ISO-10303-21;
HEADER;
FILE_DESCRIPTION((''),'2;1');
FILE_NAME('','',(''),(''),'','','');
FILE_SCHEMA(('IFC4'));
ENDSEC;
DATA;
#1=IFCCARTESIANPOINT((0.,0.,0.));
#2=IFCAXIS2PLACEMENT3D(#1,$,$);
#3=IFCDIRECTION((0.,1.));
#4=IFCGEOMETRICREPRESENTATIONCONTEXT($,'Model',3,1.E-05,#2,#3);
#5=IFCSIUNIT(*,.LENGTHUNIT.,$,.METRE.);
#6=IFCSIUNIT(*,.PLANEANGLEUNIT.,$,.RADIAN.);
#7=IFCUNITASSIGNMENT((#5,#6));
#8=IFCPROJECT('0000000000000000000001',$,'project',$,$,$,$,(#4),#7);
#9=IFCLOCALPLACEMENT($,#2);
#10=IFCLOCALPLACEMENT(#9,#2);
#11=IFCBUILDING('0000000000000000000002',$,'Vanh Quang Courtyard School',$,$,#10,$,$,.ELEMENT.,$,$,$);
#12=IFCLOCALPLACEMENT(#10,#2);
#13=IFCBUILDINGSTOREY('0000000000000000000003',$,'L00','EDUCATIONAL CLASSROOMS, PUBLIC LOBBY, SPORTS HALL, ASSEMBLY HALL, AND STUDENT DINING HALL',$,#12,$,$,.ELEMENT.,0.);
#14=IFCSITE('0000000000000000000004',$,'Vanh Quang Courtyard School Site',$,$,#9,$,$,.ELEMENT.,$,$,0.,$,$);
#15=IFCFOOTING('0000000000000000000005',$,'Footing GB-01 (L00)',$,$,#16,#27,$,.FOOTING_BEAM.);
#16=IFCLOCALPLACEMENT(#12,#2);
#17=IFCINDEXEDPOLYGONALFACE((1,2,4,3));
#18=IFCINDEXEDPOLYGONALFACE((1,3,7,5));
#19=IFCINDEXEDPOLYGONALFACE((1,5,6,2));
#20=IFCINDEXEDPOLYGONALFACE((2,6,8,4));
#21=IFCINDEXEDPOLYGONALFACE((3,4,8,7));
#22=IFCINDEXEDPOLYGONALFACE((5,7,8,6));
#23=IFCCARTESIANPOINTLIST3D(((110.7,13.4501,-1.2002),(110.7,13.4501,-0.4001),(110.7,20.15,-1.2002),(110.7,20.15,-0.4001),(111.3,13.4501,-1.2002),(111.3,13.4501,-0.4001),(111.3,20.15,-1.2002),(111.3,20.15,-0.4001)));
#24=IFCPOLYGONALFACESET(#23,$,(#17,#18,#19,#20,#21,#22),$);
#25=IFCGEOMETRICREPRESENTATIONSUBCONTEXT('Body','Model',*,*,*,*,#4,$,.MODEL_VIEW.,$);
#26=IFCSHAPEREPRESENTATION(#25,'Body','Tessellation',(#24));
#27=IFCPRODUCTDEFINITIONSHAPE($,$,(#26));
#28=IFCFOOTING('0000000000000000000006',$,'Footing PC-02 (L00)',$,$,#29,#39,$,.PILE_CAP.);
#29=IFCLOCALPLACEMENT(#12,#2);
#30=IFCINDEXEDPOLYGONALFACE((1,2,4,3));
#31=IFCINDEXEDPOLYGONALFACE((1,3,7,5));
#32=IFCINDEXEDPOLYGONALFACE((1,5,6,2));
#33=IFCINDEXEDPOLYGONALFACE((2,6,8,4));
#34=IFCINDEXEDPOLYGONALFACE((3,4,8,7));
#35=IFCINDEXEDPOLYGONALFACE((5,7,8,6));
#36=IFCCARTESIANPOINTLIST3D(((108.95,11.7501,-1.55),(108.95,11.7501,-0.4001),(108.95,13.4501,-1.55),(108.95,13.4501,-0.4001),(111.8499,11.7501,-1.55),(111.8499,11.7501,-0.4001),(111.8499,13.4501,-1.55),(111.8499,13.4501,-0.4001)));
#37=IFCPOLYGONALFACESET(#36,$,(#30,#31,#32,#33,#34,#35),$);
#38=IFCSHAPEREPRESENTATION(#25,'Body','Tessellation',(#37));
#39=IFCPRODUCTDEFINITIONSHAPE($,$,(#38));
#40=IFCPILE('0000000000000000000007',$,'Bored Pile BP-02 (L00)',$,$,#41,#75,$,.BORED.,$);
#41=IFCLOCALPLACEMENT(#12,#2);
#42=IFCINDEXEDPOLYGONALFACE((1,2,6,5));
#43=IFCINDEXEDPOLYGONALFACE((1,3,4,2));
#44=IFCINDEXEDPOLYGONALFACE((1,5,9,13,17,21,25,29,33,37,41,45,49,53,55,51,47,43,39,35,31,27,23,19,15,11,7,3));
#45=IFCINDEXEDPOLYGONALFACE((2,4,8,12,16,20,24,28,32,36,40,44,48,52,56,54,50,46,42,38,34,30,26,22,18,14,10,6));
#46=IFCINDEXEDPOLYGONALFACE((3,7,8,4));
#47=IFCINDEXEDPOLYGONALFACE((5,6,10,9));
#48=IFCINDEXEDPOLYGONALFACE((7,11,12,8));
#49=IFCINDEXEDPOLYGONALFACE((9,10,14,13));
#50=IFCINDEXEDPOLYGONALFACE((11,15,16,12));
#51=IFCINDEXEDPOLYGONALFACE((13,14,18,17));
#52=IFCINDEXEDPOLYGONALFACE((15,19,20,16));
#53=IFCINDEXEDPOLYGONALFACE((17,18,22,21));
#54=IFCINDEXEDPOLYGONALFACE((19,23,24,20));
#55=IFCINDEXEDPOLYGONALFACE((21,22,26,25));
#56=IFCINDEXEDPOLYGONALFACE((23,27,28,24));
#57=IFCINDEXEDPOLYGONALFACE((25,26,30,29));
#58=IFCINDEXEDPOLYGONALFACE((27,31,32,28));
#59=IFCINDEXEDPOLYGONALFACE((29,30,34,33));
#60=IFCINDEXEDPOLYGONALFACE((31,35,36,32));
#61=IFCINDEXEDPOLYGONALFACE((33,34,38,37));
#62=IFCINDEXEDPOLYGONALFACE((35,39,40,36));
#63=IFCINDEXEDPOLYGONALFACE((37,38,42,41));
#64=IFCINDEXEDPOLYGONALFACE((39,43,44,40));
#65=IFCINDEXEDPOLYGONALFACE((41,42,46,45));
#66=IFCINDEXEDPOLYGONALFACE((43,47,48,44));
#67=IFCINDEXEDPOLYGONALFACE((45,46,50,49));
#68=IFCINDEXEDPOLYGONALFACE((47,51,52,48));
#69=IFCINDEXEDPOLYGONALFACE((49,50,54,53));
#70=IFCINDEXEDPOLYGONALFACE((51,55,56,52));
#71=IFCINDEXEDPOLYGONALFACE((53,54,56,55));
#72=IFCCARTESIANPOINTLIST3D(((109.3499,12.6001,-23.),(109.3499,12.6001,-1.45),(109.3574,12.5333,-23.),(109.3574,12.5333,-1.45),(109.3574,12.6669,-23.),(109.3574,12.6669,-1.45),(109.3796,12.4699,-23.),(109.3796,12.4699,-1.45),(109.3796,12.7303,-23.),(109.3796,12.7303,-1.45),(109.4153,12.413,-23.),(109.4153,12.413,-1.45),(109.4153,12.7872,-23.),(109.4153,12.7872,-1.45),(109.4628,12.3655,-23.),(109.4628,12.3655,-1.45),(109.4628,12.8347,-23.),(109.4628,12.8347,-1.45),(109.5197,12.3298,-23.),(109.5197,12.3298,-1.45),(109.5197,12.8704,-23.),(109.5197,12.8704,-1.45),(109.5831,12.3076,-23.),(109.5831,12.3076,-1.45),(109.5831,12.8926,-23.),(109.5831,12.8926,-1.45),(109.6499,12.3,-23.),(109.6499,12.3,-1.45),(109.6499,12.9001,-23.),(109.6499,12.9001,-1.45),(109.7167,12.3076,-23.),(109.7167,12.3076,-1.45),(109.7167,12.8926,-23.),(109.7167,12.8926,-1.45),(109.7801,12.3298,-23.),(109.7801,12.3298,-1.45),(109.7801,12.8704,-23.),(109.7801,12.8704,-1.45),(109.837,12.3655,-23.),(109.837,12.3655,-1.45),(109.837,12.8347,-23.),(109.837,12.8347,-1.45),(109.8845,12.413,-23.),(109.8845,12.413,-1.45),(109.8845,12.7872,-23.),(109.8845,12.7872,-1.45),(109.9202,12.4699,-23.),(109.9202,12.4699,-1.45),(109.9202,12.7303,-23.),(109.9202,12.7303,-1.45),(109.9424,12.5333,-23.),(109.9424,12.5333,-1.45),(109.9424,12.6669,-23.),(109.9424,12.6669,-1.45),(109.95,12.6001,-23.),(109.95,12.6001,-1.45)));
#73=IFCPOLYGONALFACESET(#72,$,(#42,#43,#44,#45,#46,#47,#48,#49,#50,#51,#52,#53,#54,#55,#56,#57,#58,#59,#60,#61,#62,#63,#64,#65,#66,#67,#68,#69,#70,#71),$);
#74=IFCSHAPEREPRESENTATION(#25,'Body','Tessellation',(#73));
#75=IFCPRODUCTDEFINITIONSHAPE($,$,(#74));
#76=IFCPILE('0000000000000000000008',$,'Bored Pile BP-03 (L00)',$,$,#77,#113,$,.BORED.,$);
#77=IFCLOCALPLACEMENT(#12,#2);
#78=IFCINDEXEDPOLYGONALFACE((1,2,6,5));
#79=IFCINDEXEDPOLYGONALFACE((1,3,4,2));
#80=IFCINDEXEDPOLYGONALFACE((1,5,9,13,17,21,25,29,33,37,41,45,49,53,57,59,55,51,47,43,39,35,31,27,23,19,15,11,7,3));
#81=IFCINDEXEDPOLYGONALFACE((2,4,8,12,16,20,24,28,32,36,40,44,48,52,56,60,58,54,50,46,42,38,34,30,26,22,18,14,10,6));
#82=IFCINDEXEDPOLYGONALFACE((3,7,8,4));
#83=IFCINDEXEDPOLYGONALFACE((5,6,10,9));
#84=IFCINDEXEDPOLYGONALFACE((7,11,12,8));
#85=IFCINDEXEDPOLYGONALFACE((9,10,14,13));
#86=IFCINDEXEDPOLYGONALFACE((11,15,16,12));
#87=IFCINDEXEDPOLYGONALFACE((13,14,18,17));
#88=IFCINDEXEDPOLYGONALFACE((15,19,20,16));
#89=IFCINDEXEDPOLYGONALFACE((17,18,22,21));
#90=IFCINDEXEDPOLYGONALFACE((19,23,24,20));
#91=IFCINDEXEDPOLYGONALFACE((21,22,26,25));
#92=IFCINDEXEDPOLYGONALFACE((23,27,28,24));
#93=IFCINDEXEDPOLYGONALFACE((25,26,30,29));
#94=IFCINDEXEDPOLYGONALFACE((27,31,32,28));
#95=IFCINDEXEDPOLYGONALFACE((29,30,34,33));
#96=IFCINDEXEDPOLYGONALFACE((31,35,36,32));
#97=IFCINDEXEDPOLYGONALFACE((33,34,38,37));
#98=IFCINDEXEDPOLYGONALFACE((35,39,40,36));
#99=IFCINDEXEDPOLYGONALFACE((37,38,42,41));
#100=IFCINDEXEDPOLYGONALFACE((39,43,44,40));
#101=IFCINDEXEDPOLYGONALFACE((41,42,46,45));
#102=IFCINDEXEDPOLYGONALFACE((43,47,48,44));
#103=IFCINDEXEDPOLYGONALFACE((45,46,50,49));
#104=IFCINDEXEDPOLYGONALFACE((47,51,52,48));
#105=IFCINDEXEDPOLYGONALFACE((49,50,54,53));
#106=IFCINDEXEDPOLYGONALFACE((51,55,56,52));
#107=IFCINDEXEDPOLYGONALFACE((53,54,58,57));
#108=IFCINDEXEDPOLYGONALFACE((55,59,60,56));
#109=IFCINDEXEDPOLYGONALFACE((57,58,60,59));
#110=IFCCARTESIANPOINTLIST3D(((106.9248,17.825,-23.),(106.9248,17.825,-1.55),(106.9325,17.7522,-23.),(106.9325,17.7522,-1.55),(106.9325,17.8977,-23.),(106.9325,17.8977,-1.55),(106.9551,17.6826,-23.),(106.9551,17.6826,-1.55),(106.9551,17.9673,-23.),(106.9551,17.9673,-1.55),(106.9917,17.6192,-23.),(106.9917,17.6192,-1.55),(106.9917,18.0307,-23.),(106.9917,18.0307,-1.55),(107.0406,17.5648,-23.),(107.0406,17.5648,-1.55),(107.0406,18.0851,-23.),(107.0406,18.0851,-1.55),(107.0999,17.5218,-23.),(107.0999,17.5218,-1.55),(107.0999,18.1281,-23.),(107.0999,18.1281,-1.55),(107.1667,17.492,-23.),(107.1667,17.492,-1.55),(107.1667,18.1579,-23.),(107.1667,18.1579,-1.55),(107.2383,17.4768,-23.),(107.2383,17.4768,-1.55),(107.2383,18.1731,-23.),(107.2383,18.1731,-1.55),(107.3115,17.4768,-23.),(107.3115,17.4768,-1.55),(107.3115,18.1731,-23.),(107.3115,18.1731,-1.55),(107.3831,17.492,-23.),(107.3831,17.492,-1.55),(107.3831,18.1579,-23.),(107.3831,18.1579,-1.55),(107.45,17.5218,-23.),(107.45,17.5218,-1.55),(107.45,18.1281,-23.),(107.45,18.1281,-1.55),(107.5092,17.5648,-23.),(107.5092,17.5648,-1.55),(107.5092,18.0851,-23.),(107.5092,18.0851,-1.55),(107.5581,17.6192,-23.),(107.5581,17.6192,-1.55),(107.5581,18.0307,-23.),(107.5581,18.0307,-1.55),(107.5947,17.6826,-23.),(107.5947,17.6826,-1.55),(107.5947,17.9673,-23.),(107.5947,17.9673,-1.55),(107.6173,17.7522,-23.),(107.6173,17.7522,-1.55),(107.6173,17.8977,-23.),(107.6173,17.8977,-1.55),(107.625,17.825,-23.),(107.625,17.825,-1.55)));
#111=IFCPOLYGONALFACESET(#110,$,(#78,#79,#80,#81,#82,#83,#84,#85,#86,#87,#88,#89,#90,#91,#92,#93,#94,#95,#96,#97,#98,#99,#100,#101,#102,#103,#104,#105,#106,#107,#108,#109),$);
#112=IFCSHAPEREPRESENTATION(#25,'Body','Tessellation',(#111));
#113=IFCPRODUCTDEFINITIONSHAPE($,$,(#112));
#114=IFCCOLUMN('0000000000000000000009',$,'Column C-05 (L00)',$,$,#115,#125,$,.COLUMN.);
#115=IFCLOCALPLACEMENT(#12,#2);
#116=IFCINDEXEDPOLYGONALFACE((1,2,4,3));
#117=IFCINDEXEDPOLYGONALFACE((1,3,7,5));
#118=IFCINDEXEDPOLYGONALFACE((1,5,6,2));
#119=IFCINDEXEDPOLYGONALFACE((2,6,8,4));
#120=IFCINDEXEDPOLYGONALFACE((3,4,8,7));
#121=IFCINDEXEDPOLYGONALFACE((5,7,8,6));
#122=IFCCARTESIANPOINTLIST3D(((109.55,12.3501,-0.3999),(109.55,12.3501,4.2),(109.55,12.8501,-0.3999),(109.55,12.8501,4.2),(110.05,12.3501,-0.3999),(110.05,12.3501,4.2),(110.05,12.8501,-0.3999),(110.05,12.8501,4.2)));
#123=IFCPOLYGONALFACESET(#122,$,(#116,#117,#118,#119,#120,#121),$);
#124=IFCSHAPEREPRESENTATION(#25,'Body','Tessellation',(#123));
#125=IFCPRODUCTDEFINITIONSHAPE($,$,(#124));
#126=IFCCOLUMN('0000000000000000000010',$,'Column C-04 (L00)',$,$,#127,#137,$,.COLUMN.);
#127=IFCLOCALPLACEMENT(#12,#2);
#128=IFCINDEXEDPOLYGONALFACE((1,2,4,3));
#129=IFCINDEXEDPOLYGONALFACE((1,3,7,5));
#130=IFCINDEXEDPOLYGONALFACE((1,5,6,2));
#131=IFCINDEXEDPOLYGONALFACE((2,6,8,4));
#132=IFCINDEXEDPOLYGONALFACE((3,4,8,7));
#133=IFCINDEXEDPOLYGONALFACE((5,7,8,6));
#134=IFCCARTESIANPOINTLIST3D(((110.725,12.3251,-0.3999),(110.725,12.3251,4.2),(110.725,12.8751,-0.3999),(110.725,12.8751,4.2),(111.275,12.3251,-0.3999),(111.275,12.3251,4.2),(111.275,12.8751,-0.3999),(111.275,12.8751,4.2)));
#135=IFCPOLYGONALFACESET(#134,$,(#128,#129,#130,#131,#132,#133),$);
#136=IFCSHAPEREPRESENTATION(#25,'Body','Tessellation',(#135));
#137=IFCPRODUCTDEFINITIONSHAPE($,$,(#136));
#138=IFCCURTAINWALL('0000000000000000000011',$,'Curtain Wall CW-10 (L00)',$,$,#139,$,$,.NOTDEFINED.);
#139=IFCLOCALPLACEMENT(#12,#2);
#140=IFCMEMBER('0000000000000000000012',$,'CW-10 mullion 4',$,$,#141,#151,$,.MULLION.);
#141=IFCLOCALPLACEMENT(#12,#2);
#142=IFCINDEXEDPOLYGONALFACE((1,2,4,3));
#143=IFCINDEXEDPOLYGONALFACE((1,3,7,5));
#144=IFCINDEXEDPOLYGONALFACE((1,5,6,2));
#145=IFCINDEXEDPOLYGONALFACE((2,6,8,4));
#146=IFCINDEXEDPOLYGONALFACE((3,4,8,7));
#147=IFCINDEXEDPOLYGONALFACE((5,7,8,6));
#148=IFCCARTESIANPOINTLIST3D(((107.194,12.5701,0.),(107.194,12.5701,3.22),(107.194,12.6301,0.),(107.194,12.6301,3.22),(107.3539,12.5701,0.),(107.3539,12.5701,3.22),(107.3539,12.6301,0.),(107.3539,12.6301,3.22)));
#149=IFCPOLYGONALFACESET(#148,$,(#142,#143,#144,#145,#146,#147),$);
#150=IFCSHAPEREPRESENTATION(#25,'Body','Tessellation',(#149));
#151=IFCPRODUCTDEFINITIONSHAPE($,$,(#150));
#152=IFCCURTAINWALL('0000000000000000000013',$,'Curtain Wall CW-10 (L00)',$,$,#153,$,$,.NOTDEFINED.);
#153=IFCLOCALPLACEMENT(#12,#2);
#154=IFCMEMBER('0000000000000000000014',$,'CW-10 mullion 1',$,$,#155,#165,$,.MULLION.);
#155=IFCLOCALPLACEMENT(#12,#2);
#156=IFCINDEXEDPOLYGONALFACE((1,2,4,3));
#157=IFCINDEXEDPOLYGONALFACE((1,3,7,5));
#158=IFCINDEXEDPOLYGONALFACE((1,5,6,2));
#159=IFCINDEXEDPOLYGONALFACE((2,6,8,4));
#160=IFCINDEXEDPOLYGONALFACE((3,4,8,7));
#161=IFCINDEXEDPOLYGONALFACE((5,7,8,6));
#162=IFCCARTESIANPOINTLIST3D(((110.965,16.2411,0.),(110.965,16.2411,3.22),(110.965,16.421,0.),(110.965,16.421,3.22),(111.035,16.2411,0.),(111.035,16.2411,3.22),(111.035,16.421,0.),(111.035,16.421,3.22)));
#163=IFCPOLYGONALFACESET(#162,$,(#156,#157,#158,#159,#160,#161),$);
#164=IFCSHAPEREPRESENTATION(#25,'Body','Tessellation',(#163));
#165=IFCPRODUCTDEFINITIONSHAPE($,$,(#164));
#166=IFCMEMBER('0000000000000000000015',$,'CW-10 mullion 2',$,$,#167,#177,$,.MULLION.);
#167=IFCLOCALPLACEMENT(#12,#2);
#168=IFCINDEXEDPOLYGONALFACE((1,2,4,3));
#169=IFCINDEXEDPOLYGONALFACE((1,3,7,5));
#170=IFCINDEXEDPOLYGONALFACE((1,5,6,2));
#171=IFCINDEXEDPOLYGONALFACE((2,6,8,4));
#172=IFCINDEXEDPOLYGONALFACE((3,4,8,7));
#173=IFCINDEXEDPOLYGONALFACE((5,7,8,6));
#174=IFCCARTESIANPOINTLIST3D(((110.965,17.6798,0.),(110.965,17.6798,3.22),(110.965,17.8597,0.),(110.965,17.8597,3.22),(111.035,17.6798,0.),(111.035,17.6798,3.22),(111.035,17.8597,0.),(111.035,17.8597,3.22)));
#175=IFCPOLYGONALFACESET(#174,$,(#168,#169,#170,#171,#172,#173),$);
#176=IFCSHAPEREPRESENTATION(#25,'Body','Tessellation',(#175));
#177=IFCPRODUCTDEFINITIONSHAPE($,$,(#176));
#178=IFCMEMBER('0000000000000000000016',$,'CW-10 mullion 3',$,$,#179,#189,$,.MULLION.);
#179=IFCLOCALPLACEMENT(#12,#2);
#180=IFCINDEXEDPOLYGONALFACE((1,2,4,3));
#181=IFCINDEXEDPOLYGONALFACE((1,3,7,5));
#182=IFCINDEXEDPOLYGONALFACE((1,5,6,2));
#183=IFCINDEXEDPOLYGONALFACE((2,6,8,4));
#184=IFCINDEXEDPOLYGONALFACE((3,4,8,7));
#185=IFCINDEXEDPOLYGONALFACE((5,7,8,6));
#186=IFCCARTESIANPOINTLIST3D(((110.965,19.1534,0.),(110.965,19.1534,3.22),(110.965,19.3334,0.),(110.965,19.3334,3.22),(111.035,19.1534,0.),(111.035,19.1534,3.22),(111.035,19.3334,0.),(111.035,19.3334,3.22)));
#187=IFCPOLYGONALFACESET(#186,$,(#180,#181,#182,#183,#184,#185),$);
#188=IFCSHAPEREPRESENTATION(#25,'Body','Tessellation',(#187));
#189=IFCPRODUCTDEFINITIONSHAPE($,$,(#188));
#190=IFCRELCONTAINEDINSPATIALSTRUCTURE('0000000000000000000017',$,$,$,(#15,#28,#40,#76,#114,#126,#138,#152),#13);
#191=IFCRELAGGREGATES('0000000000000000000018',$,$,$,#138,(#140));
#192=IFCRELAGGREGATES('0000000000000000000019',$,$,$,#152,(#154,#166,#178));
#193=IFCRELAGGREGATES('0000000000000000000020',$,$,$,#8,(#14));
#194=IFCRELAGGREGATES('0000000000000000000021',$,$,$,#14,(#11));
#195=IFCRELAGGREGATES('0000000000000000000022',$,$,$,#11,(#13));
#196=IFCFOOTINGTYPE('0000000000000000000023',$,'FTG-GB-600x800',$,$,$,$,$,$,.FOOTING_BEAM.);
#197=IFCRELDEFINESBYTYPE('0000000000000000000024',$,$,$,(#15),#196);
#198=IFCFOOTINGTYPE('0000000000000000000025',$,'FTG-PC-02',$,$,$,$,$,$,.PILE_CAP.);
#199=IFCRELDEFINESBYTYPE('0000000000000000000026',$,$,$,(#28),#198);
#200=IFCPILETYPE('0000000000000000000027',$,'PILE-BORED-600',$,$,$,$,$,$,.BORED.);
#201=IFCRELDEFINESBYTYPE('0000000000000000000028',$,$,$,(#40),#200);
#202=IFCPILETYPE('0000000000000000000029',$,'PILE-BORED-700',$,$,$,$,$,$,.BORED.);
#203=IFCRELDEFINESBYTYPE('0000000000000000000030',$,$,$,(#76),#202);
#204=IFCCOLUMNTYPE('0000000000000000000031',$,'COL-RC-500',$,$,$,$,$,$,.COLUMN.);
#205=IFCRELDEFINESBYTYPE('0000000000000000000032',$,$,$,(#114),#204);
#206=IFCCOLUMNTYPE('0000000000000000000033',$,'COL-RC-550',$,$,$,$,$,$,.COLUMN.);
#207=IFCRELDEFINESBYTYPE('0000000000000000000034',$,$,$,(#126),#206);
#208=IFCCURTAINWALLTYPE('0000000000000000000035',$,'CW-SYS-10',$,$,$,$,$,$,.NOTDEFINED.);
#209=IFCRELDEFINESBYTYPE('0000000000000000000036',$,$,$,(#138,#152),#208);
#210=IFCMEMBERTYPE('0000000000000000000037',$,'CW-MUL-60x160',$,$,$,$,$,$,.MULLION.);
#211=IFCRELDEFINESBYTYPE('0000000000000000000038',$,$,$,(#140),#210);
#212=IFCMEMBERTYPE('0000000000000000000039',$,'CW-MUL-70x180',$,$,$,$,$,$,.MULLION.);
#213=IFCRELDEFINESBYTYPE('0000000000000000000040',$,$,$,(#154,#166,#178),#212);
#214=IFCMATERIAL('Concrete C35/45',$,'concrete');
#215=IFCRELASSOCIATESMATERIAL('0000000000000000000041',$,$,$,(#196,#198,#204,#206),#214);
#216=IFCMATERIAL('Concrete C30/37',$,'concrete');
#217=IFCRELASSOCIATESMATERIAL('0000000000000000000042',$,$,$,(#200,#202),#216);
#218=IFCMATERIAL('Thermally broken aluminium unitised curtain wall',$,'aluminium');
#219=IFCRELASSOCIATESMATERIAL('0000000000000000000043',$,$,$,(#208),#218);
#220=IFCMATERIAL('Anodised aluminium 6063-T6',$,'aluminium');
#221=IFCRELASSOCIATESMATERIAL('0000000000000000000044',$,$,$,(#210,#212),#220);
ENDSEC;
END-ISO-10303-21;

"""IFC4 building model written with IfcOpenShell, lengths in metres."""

from ifc_helpers import new_model, si_unit, direction, frame, origin, origin_2d, place, context, subcontext, project, spatial, rectangle, circle, extrude, material, material_profile, profile_set, type_object, element, aggregate, save


model = new_model("IFC4")

# Units and contexts
model_context = context("Model", 3, precision=1e-05, world=origin(), true_north=direction((0.0, 1.0)))
body_context = subcontext(model_context, "Body", "Model", "MODEL_VIEW")
ifc_project = project(units=[si_unit("LENGTHUNIT", "METRE"), si_unit("PLANEANGLEUNIT", "RADIAN")], contexts=[model_context])

# Site, building, storey
site_placement = place(None, origin())
site = spatial("IfcSite", under=ifc_project, at=site_placement, Name="Vanh Quang Courtyard School Site", CompositionType="ELEMENT", RefElevation=0.0)
building_placement = place(site_placement, origin())
building = spatial("IfcBuilding", under=site, at=building_placement, Name="Vanh Quang Courtyard School", CompositionType="ELEMENT")
storey_placement = place(building_placement, origin())
storey = spatial("IfcBuildingStorey", under=building, at=storey_placement, Name="L00", Description="EDUCATIONAL CLASSROOMS, PUBLIC LOBBY, SPORTS HALL, ASSEMBLY HALL, AND STUDENT DINING HALL", CompositionType="ELEMENT", Elevation=0.0)

# Footings
ifc_material_1 = material(Name="Concrete C35/45", Category="concrete")
footing_type_1 = type_object("IfcFootingType", Name="FTG-GB-600x800", PredefinedType="FOOTING_BEAM", material=ifc_material_1)
footing_1_placement = place(storey_placement, frame((111.0, 16.8, -1.2002), z_axis=(0.0, 0.0, 1.0), x_axis=(0.0, 1.0, 0.0)))
element("IfcFooting", 1, at=footing_1_placement, inside=storey, type_object=footing_type_1, Name="Footing GB-01 (L00)", PredefinedType="FOOTING_BEAM", context=body_context, shape_type="SweptSolid", body=[
    extrude(rectangle(XDim=6.7, YDim=0.6001, at=origin_2d()), origin(), (0.0, 0.0, 1.0), 0.8),
])
footing_type_2 = type_object("IfcFootingType", Name="FTG-PC-02", PredefinedType="PILE_CAP", material=ifc_material_1)
footing_2_placement = place(storey_placement, frame((110.3999, 12.6001, -1.55), z_axis=(0.0, 0.0, 1.0), x_axis=(1.0, 0.0, 0.0)))
element("IfcFooting", 2, at=footing_2_placement, inside=storey, type_object=footing_type_2, Name="Footing PC-02 (L00)", PredefinedType="PILE_CAP", context=body_context, shape_type="SweptSolid", body=[
    extrude(rectangle(XDim=2.8999, YDim=1.7, at=origin_2d()), origin(), (0.0, 0.0, 1.0), 1.1499),
])

# Piles
ifc_material_2 = material(Name="Concrete C30/37", Category="concrete")
ifc_material_profile_1 = material_profile(ifc_material_2, circle(Radius=0.3, at=origin_2d()), Name="PILE D600")
ifc_profile_set_1 = profile_set([ifc_material_profile_1], Name="Concrete C30/37")
pile_type_1 = type_object("IfcPileType", Name="PILE-BORED-600", PredefinedType="BORED", material=ifc_profile_set_1)
pile_1_placement = place(storey_placement, frame((109.6499, 12.6001, -1.45), z_axis=(0.0, 0.0, -1.0), x_axis=(1.0, 0.0, 0.0)))
element("IfcPile", 3, at=pile_1_placement, inside=storey, type_object=pile_type_1, Name="Bored Pile BP-02 (L00)", PredefinedType="BORED", context=body_context, shape_type="SweptSolid", body=[
    extrude(circle(Radius=0.3, at=origin_2d()), origin(), (0.0, 0.0, 1.0), 21.55),
])
ifc_material_profile_2 = material_profile(ifc_material_2, circle(Radius=0.3501, at=origin_2d()), Name="PILE D700")
ifc_profile_set_2 = profile_set([ifc_material_profile_2], Name="Concrete C30/37")
pile_type_2 = type_object("IfcPileType", Name="PILE-BORED-700", PredefinedType="BORED", material=ifc_profile_set_2)
pile_2_placement = place(storey_placement, frame((107.2749, 17.825, -1.55), z_axis=(0.0, 0.0, -1.0), x_axis=(1.0, 0.0, 0.0)))
element("IfcPile", 4, at=pile_2_placement, inside=storey, type_object=pile_type_2, Name="Bored Pile BP-03 (L00)", PredefinedType="BORED", context=body_context, shape_type="SweptSolid", body=[
    extrude(circle(Radius=0.3501, at=origin_2d()), origin(), (0.0, 0.0, 1.0), 21.45),
])

# Columns
ifc_material_profile_3 = material_profile(ifc_material_1, rectangle(XDim=0.5, YDim=0.5, at=origin_2d()), Name="RC-COL 500x500")
ifc_profile_set_3 = profile_set([ifc_material_profile_3], Name="Concrete C35/45")
column_type_1 = type_object("IfcColumnType", Name="COL-RC-500", PredefinedType="COLUMN", material=ifc_profile_set_3)
column_1_placement = place(storey_placement, frame((109.8, 12.6001, -0.3999), z_axis=(0.0, 0.0, 1.0), x_axis=(1.0, 0.0, 0.0)))
element("IfcColumn", 5, at=column_1_placement, inside=storey, type_object=column_type_1, Name="Column C-05 (L00)", PredefinedType="COLUMN", context=body_context, shape_type="SweptSolid", body=[
    extrude(rectangle(XDim=0.5, YDim=0.5, at=origin_2d()), origin(), (0.0, 0.0, 1.0), 4.5999),
])
ifc_material_profile_4 = material_profile(ifc_material_1, rectangle(XDim=0.55, YDim=0.55, at=origin_2d()), Name="RC-COL 550x550")
ifc_profile_set_4 = profile_set([ifc_material_profile_4], Name="Concrete C35/45")
column_type_2 = type_object("IfcColumnType", Name="COL-RC-550", PredefinedType="COLUMN", material=ifc_profile_set_4)
column_2_placement = place(storey_placement, frame((111.0, 12.6001, -0.3999), z_axis=(0.0, 0.0, 1.0), x_axis=(1.0, 0.0, 0.0)))
element("IfcColumn", 6, at=column_2_placement, inside=storey, type_object=column_type_2, Name="Column C-04 (L00)", PredefinedType="COLUMN", context=body_context, shape_type="SweptSolid", body=[
    extrude(rectangle(XDim=0.55, YDim=0.55, at=origin_2d()), origin(), (0.0, 0.0, 1.0), 4.5999),
])

# Curtain wall, member
ifc_material_3 = material(Name="Thermally broken aluminium unitised curtain wall", Category="aluminium")
curtain_wall_type = type_object("IfcCurtainWallType", Name="CW-SYS-10", PredefinedType="NOTDEFINED", material=ifc_material_3)
curtain_wall_1_placement = place(storey_placement, origin())
curtain_wall_1 = element("IfcCurtainWall", 7, at=curtain_wall_1_placement, inside=storey, type_object=curtain_wall_type, Name="Curtain Wall CW-10 (L00)", PredefinedType="NOTDEFINED")
ifc_material_4 = material(Name="Anodised aluminium 6063-T6", Category="aluminium")
ifc_material_profile_5 = material_profile(ifc_material_4, rectangle(XDim=0.0601, YDim=0.1599, at=origin_2d()), Name="ALU-MUL 60x160")
ifc_profile_set_5 = profile_set([ifc_material_profile_5], Name="Anodised aluminium 6063-T6")
member_type_1 = type_object("IfcMemberType", Name="CW-MUL-60x160", PredefinedType="MULLION", material=ifc_profile_set_5)
member_1_placement = place(storey_placement, frame((107.2739, 12.6001, 0.0), z_axis=(0.0, 0.0, 1.0), x_axis=(0.0, 1.0, 0.0)))
member_1 = element("IfcMember", 8, at=member_1_placement, type_object=member_type_1, Name="CW-10 mullion 4", PredefinedType="MULLION", context=body_context, shape_type="SweptSolid", body=[
    extrude(rectangle(XDim=0.0601, YDim=0.1599, at=origin_2d()), origin(), (0.0, 0.0, 1.0), 3.22),
])
aggregate(curtain_wall_1, [member_1])

# Curtain wall, members
curtain_wall_2_placement = place(storey_placement, origin())
curtain_wall_2 = element("IfcCurtainWall", 9, at=curtain_wall_2_placement, inside=storey, type_object=curtain_wall_type, Name="Curtain Wall CW-10 (L00)", PredefinedType="NOTDEFINED")
ifc_material_profile_6 = material_profile(ifc_material_4, rectangle(XDim=0.0701, YDim=0.1799, at=origin_2d()), Name="ALU-MUL 70x180")
ifc_profile_set_6 = profile_set([ifc_material_profile_6], Name="Anodised aluminium 6063-T6")
member_type_2 = type_object("IfcMemberType", Name="CW-MUL-70x180", PredefinedType="MULLION", material=ifc_profile_set_6)
member_2_placement = place(storey_placement, frame((111.0, 16.3311, 0.0), z_axis=(0.0, 0.0, 1.0), x_axis=(-1.0, 0.0, 0.0)))
member_2 = element("IfcMember", 10, at=member_2_placement, type_object=member_type_2, Name="CW-10 mullion 1", PredefinedType="MULLION", context=body_context, shape_type="SweptSolid", body=[
    extrude(rectangle(XDim=0.0701, YDim=0.1799, at=origin_2d()), origin(), (0.0, 0.0, 1.0), 3.22),
])
member_3_placement = place(storey_placement, frame((111.0, 17.7698, 0.0), z_axis=(0.0, 0.0, 1.0), x_axis=(-1.0, 0.0, 0.0)))
member_3 = element("IfcMember", 11, at=member_3_placement, type_object=member_type_2, Name="CW-10 mullion 2", PredefinedType="MULLION", context=body_context, shape_type="SweptSolid", body=[
    extrude(rectangle(XDim=0.0701, YDim=0.1799, at=origin_2d()), origin(), (0.0, 0.0, 1.0), 3.22),
])
member_4_placement = place(storey_placement, frame((111.0, 19.2434, 0.0), z_axis=(0.0, 0.0, 1.0), x_axis=(-1.0, 0.0, 0.0)))
member_4 = element("IfcMember", 12, at=member_4_placement, type_object=member_type_2, Name="CW-10 mullion 3", PredefinedType="MULLION", context=body_context, shape_type="SweptSolid", body=[
    extrude(rectangle(XDim=0.0701, YDim=0.1799, at=origin_2d()), origin(), (0.0, 0.0, 1.0), 3.22),
])
aggregate(curtain_wall_2, [member_2, member_3, member_4])

save(model, "model.ifc")
